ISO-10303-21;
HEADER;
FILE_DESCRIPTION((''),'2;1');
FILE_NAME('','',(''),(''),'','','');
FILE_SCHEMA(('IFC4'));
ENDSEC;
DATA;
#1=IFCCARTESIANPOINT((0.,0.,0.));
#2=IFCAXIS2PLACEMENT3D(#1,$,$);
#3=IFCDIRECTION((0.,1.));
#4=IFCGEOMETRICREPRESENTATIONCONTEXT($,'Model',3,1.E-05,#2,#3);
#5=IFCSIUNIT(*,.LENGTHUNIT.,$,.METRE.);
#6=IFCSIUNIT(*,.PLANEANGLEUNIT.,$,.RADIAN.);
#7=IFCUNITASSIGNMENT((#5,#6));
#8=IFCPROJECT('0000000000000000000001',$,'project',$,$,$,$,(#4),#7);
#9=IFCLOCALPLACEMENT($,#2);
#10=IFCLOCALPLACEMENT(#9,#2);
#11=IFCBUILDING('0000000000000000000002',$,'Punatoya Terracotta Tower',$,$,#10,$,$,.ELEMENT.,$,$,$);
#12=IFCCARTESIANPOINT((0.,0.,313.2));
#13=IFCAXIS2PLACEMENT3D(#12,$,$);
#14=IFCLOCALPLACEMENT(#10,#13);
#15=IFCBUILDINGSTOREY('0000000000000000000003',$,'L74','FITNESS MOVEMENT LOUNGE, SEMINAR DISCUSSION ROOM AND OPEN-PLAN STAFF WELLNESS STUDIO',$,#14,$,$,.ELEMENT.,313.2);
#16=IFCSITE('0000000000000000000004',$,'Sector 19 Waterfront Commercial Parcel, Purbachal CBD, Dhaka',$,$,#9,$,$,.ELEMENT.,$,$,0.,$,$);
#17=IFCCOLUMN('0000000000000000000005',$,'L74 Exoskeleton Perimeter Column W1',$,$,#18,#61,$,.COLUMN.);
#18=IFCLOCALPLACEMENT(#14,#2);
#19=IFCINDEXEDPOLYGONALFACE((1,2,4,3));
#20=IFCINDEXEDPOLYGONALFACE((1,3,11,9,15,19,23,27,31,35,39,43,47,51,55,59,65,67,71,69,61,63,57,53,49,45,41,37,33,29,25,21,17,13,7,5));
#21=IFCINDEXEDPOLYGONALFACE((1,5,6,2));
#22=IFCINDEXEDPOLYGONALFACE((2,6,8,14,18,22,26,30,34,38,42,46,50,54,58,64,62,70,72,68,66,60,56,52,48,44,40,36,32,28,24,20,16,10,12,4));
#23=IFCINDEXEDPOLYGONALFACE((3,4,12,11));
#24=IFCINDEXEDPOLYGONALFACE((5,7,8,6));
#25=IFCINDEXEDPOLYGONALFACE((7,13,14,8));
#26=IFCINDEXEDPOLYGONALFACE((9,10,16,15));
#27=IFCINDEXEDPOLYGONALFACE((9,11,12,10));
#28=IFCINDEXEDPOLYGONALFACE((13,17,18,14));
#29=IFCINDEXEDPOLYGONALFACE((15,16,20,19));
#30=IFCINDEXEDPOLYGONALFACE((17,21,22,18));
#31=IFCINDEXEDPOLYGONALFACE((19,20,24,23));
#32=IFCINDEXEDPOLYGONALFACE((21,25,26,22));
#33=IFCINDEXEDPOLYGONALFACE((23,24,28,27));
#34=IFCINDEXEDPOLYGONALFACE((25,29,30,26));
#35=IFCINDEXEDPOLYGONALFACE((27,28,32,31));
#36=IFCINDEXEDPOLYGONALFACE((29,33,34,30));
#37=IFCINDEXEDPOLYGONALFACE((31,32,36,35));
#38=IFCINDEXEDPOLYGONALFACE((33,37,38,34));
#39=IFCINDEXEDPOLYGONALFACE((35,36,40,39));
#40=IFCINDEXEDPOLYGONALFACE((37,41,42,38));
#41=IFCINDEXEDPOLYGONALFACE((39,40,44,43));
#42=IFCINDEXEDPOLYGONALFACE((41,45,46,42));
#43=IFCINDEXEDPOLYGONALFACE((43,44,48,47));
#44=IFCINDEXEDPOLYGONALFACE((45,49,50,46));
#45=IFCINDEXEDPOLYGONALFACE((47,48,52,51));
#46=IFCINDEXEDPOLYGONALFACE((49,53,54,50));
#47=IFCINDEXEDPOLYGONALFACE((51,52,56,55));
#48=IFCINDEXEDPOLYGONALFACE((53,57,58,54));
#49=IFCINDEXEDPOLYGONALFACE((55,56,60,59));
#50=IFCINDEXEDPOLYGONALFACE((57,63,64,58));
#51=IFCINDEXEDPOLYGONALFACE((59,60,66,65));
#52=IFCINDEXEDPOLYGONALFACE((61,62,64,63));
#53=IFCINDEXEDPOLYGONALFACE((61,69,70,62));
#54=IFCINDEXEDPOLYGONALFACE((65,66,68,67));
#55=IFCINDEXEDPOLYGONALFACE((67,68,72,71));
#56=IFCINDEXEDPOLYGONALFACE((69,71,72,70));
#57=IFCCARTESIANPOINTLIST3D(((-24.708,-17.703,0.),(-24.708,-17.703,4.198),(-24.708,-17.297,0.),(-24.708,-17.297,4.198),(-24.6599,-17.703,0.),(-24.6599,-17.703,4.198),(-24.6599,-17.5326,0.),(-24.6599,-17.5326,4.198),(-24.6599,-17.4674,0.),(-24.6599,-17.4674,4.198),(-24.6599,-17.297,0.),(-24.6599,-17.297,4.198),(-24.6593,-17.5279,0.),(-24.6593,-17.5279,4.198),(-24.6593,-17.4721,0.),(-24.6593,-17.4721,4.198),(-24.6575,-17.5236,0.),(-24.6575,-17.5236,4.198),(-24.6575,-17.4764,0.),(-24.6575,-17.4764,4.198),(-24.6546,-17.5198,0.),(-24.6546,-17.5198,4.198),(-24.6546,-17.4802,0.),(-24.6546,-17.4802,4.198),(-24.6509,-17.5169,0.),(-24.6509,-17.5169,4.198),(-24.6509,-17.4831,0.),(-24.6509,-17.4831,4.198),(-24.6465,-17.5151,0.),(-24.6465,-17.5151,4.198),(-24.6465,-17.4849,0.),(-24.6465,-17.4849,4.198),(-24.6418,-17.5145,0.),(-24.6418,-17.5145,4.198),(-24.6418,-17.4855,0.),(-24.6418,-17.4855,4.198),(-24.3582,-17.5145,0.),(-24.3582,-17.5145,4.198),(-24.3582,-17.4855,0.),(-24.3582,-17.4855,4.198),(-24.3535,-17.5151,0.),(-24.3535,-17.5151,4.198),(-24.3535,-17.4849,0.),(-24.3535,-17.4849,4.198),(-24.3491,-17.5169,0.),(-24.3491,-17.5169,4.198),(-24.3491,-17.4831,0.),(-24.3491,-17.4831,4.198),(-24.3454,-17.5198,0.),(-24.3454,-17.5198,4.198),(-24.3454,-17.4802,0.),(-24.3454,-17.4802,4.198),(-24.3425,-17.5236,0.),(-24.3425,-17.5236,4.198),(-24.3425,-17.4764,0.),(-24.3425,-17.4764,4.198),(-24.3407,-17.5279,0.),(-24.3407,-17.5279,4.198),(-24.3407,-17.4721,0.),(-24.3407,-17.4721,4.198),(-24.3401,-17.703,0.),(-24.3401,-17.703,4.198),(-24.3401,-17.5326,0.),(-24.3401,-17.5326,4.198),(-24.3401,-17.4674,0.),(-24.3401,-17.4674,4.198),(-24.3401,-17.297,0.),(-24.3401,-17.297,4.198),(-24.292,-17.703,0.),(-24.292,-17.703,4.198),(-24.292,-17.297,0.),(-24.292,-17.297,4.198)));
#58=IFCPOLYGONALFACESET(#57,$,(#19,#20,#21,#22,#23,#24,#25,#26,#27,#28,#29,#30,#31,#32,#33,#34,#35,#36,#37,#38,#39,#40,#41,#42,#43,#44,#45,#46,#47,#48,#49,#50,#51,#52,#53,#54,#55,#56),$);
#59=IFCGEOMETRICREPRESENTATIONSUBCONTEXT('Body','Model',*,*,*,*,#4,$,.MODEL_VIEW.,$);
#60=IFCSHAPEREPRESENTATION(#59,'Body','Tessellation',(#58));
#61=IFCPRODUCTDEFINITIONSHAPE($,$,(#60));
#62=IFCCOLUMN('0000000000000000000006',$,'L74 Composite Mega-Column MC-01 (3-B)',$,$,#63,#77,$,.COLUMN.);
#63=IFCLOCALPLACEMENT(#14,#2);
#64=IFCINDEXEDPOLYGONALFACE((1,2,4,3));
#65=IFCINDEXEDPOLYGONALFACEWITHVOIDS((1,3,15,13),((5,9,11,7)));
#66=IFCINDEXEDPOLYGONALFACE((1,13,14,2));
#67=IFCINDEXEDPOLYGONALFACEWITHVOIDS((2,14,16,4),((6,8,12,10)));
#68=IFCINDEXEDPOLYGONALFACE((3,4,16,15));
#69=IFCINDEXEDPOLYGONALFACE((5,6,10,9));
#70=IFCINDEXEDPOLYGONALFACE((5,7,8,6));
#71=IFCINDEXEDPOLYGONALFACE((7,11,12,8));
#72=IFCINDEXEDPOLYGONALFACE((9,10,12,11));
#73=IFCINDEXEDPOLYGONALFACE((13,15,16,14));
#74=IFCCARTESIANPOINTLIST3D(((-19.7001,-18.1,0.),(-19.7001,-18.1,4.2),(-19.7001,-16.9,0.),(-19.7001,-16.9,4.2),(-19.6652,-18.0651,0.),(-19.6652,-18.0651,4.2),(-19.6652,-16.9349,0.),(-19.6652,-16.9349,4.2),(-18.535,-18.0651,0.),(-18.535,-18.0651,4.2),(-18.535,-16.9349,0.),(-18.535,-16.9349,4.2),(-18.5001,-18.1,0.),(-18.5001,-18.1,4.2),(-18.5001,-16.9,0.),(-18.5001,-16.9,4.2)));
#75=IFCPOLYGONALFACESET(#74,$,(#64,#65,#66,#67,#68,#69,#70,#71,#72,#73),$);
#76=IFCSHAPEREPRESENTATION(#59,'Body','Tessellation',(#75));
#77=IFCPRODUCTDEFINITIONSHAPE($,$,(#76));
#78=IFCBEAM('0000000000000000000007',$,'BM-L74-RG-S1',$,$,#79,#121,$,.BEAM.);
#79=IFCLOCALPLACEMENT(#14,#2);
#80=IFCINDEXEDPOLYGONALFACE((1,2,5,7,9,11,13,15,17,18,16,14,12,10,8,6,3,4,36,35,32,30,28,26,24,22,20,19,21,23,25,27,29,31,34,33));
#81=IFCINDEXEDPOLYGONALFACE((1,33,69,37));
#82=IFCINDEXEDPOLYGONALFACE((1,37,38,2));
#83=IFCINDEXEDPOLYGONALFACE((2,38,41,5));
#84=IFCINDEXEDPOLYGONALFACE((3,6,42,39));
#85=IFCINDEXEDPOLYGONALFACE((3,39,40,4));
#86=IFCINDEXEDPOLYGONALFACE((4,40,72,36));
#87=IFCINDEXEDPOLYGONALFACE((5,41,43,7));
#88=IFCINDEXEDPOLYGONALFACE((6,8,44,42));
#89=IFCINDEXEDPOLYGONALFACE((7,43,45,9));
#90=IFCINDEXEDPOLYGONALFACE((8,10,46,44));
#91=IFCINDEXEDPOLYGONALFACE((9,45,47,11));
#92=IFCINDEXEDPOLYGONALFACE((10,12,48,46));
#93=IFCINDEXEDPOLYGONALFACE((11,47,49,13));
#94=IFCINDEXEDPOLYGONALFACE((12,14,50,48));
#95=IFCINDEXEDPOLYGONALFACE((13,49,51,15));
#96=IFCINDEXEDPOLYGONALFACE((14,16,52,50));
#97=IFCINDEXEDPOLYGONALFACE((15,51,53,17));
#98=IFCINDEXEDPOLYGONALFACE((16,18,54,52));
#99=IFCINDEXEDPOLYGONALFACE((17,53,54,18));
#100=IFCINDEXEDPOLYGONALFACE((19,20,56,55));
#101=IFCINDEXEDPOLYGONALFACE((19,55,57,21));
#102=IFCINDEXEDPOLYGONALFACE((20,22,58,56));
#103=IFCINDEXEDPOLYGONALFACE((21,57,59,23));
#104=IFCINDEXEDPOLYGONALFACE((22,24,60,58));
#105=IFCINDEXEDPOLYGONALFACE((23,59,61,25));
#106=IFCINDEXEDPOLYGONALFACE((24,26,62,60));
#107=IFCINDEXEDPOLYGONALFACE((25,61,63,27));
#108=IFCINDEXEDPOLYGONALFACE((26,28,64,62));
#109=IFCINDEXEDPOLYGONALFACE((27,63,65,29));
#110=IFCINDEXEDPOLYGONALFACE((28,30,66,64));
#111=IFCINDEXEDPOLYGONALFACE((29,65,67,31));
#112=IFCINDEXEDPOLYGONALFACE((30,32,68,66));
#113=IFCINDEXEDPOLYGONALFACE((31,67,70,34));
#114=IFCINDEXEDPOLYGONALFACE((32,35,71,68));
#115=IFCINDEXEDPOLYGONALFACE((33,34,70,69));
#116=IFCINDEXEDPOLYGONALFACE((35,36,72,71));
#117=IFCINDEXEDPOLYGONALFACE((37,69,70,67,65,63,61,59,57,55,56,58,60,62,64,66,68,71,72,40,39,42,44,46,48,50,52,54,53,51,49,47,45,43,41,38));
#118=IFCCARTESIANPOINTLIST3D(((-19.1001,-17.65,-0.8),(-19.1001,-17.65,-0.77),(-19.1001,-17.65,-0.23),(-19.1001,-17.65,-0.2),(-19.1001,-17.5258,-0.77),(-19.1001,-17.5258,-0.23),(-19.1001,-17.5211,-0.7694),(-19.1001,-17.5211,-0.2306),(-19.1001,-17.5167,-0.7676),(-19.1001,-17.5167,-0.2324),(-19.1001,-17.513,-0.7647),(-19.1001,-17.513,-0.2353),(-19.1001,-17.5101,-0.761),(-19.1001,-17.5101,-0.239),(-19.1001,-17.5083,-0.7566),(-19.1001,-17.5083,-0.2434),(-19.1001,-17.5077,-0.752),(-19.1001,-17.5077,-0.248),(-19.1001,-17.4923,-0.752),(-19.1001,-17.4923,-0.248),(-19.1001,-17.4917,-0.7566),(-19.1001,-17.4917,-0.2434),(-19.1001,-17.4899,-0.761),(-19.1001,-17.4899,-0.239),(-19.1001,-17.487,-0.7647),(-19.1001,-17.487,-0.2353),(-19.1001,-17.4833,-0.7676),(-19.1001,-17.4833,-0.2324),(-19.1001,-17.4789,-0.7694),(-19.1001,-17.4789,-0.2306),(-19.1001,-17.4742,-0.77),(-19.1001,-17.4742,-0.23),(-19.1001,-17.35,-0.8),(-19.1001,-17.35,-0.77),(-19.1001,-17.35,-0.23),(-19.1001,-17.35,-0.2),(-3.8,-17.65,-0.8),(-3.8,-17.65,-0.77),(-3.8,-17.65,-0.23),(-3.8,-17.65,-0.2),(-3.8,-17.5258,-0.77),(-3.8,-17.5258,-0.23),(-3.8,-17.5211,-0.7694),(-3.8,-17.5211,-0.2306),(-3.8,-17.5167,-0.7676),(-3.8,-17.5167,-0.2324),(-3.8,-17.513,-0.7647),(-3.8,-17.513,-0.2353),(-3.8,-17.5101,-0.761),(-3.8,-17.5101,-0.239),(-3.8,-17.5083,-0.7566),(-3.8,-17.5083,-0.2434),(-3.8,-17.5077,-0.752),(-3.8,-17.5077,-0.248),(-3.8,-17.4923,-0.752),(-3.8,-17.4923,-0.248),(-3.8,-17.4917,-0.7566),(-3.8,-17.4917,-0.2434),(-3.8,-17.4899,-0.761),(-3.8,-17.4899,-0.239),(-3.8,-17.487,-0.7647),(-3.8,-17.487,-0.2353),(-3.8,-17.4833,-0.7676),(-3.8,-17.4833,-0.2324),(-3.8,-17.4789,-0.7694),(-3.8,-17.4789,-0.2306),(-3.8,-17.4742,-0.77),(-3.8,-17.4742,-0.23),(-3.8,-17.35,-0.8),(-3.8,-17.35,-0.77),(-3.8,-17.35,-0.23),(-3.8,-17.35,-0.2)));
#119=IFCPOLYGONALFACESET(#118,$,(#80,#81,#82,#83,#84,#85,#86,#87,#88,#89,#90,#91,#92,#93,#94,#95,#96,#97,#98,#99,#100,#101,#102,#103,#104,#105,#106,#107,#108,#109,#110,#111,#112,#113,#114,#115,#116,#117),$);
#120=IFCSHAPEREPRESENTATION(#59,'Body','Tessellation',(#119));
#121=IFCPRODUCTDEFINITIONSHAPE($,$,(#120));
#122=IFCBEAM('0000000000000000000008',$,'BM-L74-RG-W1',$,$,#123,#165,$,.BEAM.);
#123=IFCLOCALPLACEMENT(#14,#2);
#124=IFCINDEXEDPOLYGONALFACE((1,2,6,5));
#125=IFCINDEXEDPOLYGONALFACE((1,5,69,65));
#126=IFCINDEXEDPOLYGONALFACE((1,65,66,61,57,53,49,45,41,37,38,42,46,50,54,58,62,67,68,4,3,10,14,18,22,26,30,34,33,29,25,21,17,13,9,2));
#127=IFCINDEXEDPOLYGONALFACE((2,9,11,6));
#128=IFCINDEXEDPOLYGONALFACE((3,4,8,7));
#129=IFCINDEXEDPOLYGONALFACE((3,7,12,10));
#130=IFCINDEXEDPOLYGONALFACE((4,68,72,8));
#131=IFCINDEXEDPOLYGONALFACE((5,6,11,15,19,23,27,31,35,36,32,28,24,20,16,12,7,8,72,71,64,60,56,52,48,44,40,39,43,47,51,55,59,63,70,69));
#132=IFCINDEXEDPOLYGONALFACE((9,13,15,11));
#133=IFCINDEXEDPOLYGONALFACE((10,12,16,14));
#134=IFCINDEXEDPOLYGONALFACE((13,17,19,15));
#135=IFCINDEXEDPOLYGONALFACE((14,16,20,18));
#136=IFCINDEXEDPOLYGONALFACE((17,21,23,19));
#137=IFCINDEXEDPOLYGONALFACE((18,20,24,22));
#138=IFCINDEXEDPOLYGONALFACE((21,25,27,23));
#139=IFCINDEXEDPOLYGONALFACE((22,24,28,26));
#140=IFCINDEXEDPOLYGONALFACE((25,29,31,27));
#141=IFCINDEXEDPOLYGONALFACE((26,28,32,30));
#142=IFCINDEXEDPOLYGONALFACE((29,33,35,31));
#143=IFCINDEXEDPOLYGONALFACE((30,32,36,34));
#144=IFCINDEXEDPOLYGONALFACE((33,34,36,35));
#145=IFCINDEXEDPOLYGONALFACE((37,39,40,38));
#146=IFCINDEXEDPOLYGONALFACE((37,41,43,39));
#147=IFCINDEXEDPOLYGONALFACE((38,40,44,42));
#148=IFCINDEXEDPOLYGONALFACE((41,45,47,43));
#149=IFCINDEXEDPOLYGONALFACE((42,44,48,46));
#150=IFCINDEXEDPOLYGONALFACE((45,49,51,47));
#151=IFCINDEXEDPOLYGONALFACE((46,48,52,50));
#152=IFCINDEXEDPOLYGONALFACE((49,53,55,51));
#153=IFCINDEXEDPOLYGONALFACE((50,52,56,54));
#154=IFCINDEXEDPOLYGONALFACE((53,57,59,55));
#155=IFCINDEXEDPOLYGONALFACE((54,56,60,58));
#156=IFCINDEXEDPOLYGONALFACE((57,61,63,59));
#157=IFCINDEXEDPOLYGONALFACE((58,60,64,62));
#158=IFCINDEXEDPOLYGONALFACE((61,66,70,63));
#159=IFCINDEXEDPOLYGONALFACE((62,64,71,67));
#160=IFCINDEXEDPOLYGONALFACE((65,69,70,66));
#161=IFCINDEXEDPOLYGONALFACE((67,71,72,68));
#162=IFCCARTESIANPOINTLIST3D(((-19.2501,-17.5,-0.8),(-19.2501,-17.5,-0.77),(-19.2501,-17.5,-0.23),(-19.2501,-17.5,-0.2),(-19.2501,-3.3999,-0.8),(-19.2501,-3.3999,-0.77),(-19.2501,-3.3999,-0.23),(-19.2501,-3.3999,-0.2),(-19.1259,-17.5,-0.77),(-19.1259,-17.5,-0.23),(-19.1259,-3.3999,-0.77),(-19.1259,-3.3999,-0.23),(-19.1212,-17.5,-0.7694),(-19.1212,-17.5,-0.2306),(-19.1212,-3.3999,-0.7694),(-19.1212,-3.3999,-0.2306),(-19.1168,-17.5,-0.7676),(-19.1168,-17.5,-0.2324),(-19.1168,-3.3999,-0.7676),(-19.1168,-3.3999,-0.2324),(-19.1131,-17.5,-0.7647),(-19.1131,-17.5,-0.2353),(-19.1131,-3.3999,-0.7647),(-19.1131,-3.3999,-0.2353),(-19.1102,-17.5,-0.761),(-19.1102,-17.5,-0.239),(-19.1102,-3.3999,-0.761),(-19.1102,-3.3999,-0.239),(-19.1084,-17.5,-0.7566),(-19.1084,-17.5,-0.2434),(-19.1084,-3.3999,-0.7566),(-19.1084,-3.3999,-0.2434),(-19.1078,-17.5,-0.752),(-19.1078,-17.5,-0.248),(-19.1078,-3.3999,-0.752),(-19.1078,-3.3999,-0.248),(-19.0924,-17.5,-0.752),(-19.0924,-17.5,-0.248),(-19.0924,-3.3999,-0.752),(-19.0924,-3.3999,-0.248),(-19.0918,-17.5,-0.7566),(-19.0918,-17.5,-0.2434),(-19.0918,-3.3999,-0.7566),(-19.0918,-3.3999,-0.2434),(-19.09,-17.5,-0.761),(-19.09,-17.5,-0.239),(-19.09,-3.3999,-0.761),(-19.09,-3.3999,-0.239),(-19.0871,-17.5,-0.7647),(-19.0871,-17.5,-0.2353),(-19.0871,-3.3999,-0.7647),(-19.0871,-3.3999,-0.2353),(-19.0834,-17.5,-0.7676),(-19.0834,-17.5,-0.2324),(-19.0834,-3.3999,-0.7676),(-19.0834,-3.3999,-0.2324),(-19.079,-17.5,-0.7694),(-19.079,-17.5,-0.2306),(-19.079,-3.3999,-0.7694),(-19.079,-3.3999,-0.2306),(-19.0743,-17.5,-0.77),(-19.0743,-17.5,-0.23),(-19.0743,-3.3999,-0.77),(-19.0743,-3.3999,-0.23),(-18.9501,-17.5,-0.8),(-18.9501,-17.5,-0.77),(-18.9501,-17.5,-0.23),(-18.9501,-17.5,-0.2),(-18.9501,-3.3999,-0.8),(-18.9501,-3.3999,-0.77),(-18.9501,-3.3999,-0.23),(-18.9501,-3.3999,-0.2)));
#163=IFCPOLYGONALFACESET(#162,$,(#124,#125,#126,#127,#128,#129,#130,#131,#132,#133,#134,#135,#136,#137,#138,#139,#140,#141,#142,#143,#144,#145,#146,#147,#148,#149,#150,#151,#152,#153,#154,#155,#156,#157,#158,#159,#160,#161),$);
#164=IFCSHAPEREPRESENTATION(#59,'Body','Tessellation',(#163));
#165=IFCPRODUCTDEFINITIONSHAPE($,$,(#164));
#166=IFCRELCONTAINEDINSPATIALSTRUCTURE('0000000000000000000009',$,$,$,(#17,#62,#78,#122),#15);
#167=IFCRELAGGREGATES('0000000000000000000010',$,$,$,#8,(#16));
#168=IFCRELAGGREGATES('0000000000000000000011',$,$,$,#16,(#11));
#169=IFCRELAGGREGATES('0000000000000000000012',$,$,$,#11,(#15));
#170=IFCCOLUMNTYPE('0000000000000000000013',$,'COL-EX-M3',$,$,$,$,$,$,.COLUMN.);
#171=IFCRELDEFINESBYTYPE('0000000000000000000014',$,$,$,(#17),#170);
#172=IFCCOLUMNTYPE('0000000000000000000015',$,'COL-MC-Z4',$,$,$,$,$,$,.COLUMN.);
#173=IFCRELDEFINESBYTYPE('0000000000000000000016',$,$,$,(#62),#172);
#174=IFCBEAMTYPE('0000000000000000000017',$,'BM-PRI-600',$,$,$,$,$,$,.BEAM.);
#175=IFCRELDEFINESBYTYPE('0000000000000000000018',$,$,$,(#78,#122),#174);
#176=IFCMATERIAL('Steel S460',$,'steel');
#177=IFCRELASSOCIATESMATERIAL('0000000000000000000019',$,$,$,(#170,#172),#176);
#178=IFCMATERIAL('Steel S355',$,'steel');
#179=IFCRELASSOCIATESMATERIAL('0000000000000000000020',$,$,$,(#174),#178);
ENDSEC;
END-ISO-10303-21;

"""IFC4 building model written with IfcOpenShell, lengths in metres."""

from ifc_helpers import new_model, si_unit, direction, frame, origin, origin_2d, place, context, subcontext, project, spatial, hollow_rectangle, i_section, extrude, material, material_profile, profile_set, type_object, element, save


model = new_model("IFC4")

# Units and contexts
model_context = context("Model", 3, precision=1e-05, world=origin(), true_north=direction((0.0, 1.0)))
body_context = subcontext(model_context, "Body", "Model", "MODEL_VIEW")
ifc_project = project(units=[si_unit("LENGTHUNIT", "METRE"), si_unit("PLANEANGLEUNIT", "RADIAN")], contexts=[model_context])

# Site, building, storey
site_placement = place(None, origin())
site = spatial("IfcSite", under=ifc_project, at=site_placement, Name="Sector 19 Waterfront Commercial Parcel, Purbachal CBD, Dhaka", CompositionType="ELEMENT", RefElevation=0.0)
building_placement = place(site_placement, origin())
building = spatial("IfcBuilding", under=site, at=building_placement, Name="Punatoya Terracotta Tower", CompositionType="ELEMENT")
storey_placement = place(building_placement, frame((0.0, 0.0, 313.2)))
storey = spatial("IfcBuildingStorey", under=building, at=storey_placement, Name="L74", Description="FITNESS MOVEMENT LOUNGE, SEMINAR DISCUSSION ROOM AND OPEN-PLAN STAFF WELLNESS STUDIO", CompositionType="ELEMENT", Elevation=313.2)

# Columns
ifc_material_1 = material(Name="Steel S460", Category="steel")
ifc_material_profile_1 = material_profile(ifc_material_1, i_section(OverallWidth=0.406, OverallDepth=0.416, WebThickness=0.0291, FlangeThickness=0.0481, FilletRadius=0.0181, at=origin_2d()))
ifc_profile_set_1 = profile_set([ifc_material_profile_1], Name="Steel S460")
column_type_1 = type_object("IfcColumnType", Name="COL-EX-M3", PredefinedType="COLUMN", material=ifc_profile_set_1)
column_1_placement = place(storey_placement, frame((-24.5, -17.5, 0.0), z_axis=(0.0, 0.0, 1.0), x_axis=(0.0, 1.0, 0.0)))
element("IfcColumn", 1, at=column_1_placement, inside=storey, type_object=column_type_1, Name="L74 Exoskeleton Perimeter Column W1", PredefinedType="COLUMN", context=body_context, shape_type="SweptSolid", body=[
    extrude(i_section(OverallWidth=0.406, OverallDepth=0.416, WebThickness=0.0291, FlangeThickness=0.0481, FilletRadius=0.0181, at=origin_2d()), origin(), (0.0, 0.0, 1.0), 4.198),
])
ifc_material_profile_2 = material_profile(ifc_material_1, hollow_rectangle(XDim=1.2, YDim=1.2, WallThickness=0.0349, at=origin_2d()))
ifc_profile_set_2 = profile_set([ifc_material_profile_2], Name="Steel S460")
column_type_2 = type_object("IfcColumnType", Name="COL-MC-Z4", PredefinedType="COLUMN", material=ifc_profile_set_2)
column_2_placement = place(storey_placement, frame((-19.1001, -17.5, 0.0), z_axis=(0.0, 0.0, 1.0), x_axis=(1.0, 0.0, 0.0)))
element("IfcColumn", 2, at=column_2_placement, inside=storey, type_object=column_type_2, Name="L74 Composite Mega-Column MC-01 (3-B)", PredefinedType="COLUMN", context=body_context, shape_type="SweptSolid", body=[
    extrude(hollow_rectangle(XDim=1.2, YDim=1.2, WallThickness=0.0349, at=origin_2d()), origin(), (0.0, 0.0, 1.0), 4.2),
])

# Beams
ifc_material_2 = material(Name="Steel S355", Category="steel")
ifc_material_profile_3 = material_profile(ifc_material_2, i_section(OverallWidth=0.3, OverallDepth=0.6001, WebThickness=0.0154, FlangeThickness=0.03, FilletRadius=0.0181, at=origin_2d()))
ifc_profile_set_3 = profile_set([ifc_material_profile_3], Name="Steel S355")
beam_type_1 = type_object("IfcBeamType", Name="BM-PRI-600", PredefinedType="BEAM", material=ifc_profile_set_3)
beam_1_placement = place(storey_placement, frame((-19.1001, -17.5, -0.5), z_axis=(1.0, 0.0, 0.0), x_axis=(0.0, 1.0, 0.0)))
element("IfcBeam", 3, at=beam_1_placement, inside=storey, type_object=beam_type_1, Name="BM-L74-RG-S1", PredefinedType="BEAM", context=body_context, shape_type="SweptSolid", body=[
    extrude(i_section(OverallWidth=0.3, OverallDepth=0.6001, WebThickness=0.0154, FlangeThickness=0.03, FilletRadius=0.0181, at=origin_2d()), origin(), (0.0, 0.0, 1.0), 15.3),
])
beam_2_placement = place(storey_placement, frame((-19.1001, -17.5, -0.5), z_axis=(0.0, 1.0, 0.0), x_axis=(-1.0, 0.0, 0.0)))
element("IfcBeam", 4, at=beam_2_placement, inside=storey, type_object=beam_type_1, Name="BM-L74-RG-W1", PredefinedType="BEAM", context=body_context, shape_type="SweptSolid", body=[
    extrude(i_section(OverallWidth=0.3, OverallDepth=0.6001, WebThickness=0.0154, FlangeThickness=0.03, FilletRadius=0.0181, at=origin_2d()), origin(), (0.0, 0.0, 1.0), 14.1001),
])

save(model, "model.ifc")
